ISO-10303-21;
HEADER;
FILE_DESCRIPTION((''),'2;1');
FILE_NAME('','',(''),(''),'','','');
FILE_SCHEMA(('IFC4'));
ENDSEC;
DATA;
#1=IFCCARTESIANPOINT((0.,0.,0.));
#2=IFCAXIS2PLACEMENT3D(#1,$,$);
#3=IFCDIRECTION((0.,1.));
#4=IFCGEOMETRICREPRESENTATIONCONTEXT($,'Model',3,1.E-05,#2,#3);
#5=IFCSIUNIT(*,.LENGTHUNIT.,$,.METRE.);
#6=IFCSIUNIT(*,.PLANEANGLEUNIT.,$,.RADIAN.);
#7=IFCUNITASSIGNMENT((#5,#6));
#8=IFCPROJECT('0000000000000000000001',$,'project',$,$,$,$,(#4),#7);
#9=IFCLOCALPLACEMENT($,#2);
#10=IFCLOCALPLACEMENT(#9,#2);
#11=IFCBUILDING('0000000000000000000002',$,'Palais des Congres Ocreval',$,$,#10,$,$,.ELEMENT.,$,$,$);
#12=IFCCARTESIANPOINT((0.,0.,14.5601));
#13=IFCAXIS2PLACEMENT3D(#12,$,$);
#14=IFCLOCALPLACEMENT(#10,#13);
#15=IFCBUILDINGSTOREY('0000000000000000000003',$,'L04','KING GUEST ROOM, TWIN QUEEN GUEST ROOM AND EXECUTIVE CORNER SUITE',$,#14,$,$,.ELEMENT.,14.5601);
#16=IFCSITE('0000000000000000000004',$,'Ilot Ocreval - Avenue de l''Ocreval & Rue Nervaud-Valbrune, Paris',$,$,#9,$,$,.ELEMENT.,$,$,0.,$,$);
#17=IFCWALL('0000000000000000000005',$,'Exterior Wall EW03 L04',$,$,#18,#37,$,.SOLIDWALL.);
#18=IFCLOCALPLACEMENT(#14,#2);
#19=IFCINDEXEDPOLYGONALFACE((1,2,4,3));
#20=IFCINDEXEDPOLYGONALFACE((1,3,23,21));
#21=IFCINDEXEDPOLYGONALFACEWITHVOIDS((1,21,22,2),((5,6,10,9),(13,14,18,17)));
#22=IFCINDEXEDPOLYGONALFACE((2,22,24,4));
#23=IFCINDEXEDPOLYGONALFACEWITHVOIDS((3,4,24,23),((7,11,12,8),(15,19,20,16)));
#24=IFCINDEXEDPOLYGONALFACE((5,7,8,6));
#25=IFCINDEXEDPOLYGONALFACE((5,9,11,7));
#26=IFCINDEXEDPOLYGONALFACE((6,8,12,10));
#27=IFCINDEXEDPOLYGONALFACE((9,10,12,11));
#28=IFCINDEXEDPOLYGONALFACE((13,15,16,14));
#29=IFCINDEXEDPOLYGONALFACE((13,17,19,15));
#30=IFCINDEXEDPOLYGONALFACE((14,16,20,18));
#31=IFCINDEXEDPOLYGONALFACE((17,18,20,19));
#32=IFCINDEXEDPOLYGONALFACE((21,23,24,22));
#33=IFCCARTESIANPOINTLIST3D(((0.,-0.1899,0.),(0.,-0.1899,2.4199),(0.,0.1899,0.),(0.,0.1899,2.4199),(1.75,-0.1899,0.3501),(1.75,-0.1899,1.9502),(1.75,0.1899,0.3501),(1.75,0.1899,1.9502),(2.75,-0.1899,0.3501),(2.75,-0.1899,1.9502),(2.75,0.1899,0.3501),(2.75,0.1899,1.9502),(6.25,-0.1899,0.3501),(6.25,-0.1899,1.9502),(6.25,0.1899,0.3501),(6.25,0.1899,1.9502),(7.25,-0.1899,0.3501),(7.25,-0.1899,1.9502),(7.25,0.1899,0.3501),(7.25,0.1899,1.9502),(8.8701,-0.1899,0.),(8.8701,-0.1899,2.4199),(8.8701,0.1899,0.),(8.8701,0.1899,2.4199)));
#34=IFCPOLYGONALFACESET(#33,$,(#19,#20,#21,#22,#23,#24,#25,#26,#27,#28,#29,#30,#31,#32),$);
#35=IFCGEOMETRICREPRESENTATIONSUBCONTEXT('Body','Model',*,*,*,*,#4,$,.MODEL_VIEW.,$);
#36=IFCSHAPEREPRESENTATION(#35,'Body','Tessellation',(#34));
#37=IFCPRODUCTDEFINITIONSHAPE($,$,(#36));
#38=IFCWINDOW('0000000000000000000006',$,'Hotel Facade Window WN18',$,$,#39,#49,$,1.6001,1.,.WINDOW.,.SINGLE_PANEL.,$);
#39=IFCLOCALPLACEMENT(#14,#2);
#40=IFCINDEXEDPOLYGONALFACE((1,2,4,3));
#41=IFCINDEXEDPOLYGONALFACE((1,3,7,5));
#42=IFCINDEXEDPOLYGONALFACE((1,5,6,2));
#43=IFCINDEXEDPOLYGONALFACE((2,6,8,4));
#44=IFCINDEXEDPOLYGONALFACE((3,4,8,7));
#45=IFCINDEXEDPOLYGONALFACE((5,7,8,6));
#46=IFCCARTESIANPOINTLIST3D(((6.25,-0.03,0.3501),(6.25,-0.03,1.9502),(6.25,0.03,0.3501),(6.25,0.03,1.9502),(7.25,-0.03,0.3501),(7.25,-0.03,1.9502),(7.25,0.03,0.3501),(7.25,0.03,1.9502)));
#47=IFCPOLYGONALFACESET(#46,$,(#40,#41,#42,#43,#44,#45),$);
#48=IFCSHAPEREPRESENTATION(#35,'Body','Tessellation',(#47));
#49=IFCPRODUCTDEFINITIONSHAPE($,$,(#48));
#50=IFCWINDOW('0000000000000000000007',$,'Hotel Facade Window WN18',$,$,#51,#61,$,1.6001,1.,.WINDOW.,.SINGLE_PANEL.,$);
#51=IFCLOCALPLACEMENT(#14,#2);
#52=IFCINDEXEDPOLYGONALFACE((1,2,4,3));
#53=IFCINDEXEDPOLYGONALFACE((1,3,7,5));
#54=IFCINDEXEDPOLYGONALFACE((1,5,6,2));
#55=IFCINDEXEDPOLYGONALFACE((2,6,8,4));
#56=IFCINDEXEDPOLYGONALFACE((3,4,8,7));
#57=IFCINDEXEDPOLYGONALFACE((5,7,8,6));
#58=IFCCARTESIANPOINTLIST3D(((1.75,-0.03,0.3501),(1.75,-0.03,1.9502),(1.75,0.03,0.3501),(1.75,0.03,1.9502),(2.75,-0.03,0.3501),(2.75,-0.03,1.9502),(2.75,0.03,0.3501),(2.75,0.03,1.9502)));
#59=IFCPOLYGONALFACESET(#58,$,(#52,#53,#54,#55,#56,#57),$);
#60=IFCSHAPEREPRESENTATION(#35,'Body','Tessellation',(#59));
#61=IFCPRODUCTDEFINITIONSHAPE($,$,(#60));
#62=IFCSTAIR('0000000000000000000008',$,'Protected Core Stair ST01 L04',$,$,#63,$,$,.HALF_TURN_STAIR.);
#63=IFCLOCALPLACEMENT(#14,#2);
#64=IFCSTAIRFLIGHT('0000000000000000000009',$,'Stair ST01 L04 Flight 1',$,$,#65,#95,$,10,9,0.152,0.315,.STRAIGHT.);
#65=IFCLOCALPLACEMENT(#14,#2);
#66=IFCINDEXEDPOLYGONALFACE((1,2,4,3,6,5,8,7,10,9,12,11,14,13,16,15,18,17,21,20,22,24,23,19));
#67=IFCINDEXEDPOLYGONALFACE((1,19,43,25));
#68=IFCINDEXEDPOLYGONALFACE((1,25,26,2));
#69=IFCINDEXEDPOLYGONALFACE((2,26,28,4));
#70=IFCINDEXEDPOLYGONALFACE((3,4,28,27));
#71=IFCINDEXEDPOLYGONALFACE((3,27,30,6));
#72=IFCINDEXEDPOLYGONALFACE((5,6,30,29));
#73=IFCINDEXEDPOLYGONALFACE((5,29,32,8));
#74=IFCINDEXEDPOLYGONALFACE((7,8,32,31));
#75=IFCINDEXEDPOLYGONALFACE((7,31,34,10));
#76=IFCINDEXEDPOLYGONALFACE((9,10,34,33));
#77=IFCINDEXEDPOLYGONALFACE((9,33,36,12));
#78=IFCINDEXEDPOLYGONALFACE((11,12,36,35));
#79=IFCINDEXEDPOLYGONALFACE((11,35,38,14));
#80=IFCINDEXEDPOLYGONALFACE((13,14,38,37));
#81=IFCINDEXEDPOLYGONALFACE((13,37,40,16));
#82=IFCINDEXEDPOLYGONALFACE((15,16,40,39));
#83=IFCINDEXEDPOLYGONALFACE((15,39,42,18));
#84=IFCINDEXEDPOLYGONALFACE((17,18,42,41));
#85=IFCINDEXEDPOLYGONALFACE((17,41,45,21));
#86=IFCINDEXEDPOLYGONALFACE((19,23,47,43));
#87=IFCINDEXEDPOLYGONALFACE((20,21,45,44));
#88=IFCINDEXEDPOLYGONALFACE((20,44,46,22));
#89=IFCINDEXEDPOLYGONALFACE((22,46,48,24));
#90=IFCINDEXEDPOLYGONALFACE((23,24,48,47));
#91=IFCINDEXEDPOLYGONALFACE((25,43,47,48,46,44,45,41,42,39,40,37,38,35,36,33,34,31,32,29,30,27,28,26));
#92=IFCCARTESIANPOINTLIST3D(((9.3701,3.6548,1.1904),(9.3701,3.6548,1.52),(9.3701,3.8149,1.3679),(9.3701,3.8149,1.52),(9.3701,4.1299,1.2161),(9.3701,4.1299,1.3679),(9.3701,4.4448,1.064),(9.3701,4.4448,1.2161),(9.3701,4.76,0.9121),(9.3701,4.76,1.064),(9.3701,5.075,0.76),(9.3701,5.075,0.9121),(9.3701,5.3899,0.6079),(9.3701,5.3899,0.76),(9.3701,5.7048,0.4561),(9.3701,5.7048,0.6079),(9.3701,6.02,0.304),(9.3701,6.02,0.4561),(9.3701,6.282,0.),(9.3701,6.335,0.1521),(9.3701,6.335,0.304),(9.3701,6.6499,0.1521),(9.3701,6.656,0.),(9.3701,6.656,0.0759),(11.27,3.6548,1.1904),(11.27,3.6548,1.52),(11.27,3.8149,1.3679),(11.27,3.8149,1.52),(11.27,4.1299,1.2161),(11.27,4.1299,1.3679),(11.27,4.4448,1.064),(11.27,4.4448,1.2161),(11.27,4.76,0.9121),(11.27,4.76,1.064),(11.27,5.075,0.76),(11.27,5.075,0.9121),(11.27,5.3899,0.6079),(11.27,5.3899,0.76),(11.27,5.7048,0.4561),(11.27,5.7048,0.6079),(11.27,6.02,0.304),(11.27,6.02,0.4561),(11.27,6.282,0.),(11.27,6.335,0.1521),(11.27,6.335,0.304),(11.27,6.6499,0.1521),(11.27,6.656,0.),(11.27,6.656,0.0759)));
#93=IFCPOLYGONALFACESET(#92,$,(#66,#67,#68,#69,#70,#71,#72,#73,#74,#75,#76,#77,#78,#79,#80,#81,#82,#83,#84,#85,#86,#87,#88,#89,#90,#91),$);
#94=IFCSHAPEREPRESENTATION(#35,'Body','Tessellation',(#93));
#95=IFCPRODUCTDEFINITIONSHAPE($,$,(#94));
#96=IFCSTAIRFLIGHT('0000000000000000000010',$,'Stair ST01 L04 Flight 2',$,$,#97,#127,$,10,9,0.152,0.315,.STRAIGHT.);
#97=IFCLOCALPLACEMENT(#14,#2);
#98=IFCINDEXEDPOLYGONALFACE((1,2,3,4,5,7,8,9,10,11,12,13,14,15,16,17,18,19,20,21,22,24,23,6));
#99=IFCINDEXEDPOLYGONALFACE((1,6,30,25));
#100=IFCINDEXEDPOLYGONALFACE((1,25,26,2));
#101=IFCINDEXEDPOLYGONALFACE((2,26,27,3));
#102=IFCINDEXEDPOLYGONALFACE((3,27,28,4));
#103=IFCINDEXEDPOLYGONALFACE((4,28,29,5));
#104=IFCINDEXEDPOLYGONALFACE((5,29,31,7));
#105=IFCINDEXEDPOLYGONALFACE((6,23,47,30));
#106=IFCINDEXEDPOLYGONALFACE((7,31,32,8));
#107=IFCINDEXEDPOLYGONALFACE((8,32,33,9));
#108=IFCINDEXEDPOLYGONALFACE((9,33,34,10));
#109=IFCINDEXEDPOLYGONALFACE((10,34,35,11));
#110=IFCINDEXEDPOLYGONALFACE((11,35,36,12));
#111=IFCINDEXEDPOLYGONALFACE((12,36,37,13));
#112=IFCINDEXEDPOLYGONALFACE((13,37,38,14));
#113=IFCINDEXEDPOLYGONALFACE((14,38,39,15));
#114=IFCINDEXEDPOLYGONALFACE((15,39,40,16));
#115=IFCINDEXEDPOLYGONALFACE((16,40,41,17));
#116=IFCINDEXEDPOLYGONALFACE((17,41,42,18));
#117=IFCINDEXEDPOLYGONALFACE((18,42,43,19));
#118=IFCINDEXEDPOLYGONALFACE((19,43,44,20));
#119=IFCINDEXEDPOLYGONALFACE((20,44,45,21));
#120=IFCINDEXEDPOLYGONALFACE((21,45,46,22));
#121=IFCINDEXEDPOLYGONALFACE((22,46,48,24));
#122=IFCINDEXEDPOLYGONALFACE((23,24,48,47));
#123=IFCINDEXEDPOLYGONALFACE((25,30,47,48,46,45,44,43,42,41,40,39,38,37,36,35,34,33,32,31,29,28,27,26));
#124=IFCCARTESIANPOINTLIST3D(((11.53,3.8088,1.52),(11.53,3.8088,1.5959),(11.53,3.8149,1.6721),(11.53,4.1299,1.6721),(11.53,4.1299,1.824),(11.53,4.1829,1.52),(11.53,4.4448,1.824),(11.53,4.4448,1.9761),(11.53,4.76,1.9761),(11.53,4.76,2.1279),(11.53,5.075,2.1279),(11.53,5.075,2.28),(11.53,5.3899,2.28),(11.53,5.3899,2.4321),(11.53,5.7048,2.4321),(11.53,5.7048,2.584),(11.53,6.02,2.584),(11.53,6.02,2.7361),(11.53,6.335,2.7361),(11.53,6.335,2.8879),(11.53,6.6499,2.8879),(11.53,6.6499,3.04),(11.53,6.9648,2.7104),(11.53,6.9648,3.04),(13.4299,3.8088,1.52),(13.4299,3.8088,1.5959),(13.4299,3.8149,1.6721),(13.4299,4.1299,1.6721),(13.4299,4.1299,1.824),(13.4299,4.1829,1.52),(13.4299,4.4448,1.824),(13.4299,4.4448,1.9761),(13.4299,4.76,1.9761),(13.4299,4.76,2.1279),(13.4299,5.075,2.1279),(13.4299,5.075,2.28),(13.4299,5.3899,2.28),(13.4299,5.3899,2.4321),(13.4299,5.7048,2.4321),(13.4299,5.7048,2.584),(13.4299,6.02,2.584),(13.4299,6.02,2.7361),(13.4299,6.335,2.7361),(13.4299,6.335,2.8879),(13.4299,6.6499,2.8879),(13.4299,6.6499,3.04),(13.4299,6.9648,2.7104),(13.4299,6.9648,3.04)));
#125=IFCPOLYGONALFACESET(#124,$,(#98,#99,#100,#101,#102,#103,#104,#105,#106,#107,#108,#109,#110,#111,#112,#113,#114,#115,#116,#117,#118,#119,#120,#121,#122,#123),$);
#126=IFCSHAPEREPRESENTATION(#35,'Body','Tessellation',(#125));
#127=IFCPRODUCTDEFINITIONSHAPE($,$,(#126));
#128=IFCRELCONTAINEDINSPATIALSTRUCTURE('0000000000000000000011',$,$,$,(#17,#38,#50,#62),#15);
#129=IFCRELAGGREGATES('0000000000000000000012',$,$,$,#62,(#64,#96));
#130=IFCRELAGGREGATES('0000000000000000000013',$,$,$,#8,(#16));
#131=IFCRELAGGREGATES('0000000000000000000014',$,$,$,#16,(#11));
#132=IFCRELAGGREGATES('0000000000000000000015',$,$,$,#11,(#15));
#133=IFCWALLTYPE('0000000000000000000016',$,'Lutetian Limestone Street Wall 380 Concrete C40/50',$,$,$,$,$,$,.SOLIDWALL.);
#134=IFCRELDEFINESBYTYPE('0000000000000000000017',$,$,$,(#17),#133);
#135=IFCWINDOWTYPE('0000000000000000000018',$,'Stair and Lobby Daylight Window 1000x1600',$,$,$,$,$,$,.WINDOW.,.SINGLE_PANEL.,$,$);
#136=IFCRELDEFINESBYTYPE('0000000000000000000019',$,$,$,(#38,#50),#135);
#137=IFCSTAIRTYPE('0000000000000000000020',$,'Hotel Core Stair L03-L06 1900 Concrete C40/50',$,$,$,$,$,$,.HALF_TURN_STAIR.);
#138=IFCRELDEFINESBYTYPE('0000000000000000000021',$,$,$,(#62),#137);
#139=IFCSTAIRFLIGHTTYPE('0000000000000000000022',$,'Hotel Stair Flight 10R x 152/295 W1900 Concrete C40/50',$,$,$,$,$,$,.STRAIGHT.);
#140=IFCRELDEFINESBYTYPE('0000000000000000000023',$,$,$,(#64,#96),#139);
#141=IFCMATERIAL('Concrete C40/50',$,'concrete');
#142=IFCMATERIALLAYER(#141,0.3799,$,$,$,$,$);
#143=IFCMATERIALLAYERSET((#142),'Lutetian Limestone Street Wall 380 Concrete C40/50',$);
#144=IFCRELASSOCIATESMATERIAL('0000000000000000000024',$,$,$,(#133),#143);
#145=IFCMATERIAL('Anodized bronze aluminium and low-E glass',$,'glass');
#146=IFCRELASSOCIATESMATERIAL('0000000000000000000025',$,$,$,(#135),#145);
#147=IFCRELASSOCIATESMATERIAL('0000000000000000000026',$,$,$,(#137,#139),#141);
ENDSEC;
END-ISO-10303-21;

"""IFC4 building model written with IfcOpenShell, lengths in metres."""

from ifc_helpers import new_model, si_unit, direction, frame, frame_2d, origin, place, context, subcontext, project, spatial, polyline, rectangle, outline, extrude, material, layer, layer_set, type_object, element, fill, aggregate, save


model = new_model("IFC4")

# Units and contexts
model_context = context("Model", 3, precision=1e-05, world=origin(), true_north=direction((0.0, 1.0)))
body_context = subcontext(model_context, "Body", "Model", "MODEL_VIEW")
ifc_project = project(units=[si_unit("LENGTHUNIT", "METRE"), si_unit("PLANEANGLEUNIT", "RADIAN")], contexts=[model_context])

# Site, building, storey
site_placement = place(None, origin())
site = spatial("IfcSite", under=ifc_project, at=site_placement, Name="Ilot Ocreval - Avenue de l'Ocreval & Rue Nervaud-Valbrune, Paris", CompositionType="ELEMENT", RefElevation=0.0)
building_placement = place(site_placement, origin())
building = spatial("IfcBuilding", under=site, at=building_placement, Name="Palais des Congres Ocreval", CompositionType="ELEMENT")
storey_placement = place(building_placement, frame((0.0, 0.0, 14.5601)))
storey = spatial("IfcBuildingStorey", under=building, at=storey_placement, Name="L04", Description="KING GUEST ROOM, TWIN QUEEN GUEST ROOM AND EXECUTIVE CORNER SUITE", CompositionType="ELEMENT", Elevation=14.5601)

# Shared definitions
ifc_material_1 = material(Name="Concrete C40/50", Category="concrete")

# Shared definitions
ifc_layer_1 = layer(ifc_material_1, 0.3799)
ifc_layer_set_1 = layer_set([ifc_layer_1], Name="Lutetian Limestone Street Wall 380 Concrete C40/50")
wall_type_1 = type_object("IfcWallType", Name="Lutetian Limestone Street Wall 380 Concrete C40/50", PredefinedType="SOLIDWALL", material=ifc_layer_set_1)

# Wall, openings, windows
wall_1_placement = place(storey_placement, frame((8.8701, 0.0, 0.0), z_axis=(0.0, 0.0, 1.0), x_axis=(-1.0, 0.0, 0.0)))
wall_1 = element("IfcWall", 1, at=wall_1_placement, inside=storey, type_object=wall_type_1, Name="Exterior Wall EW03 L04", PredefinedType="SOLIDWALL", context=body_context, shape_type="SweptSolid", body=[
    extrude(rectangle(XDim=8.8701, YDim=0.3799, at=frame_2d((4.4351, 0.0))), origin(), (0.0, 0.0, 1.0), 2.4199),
])
opening_1_placement = place(wall_1_placement, frame((1.6201, 0.0, 0.3501)))
opening_1 = element("IfcOpeningElement", 2, at=opening_1_placement, cuts=wall_1, PredefinedType="OPENING", context=body_context, shape_type="SweptSolid", body=[
    extrude(rectangle(XDim=1.0, YDim=1.6001, at=frame_2d((0.5, 0.8))), frame((0.0, 0.2, 0.0), z_axis=(0.0, -1.0, 0.0), x_axis=(1.0, 0.0, 0.0)), (0.0, 0.0, 1.0), 0.3999),
])
opening_2_placement = place(wall_1_placement, frame((6.1201, 0.0, 0.3501)))
opening_2 = element("IfcOpeningElement", 3, at=opening_2_placement, cuts=wall_1, PredefinedType="OPENING", context=body_context, shape_type="SweptSolid", body=[
    extrude(rectangle(XDim=1.0, YDim=1.6001, at=frame_2d((0.5, 0.8))), frame((0.0, 0.2, 0.0), z_axis=(0.0, -1.0, 0.0), x_axis=(1.0, 0.0, 0.0)), (0.0, 0.0, 1.0), 0.3999),
])
ifc_material_2 = material(Name="Anodized bronze aluminium and low-E glass", Category="glass")
window_type = type_object("IfcWindowType", Name="Stair and Lobby Daylight Window 1000x1600", PartitioningType="SINGLE_PANEL", PredefinedType="WINDOW", material=ifc_material_2)
window_1_placement = place(opening_1_placement, origin())
window_1 = element("IfcWindow", 4, at=window_1_placement, inside=storey, type_object=window_type, Name="Hotel Facade Window WN18", OverallHeight=1.6001, OverallWidth=1.0, PartitioningType="SINGLE_PANEL", PredefinedType="WINDOW", context=body_context, shape_type="SweptSolid", body=[
    extrude(rectangle(XDim=1.0, YDim=1.6001, at=frame_2d((0.5, 0.8))), frame((0.0, 0.03, 0.0), z_axis=(0.0, -1.0, 0.0), x_axis=(1.0, 0.0, 0.0)), (0.0, 0.0, 1.0), 0.0601),
])
fill(opening_1, window_1)
window_2_placement = place(opening_2_placement, origin())
window_2 = element("IfcWindow", 5, at=window_2_placement, inside=storey, type_object=window_type, Name="Hotel Facade Window WN18", OverallHeight=1.6001, OverallWidth=1.0, PartitioningType="SINGLE_PANEL", PredefinedType="WINDOW", context=body_context, shape_type="SweptSolid", body=[
    extrude(rectangle(XDim=1.0, YDim=1.6001, at=frame_2d((0.5, 0.8))), frame((0.0, 0.03, 0.0), z_axis=(0.0, -1.0, 0.0), x_axis=(1.0, 0.0, 0.0)), (0.0, 0.0, 1.0), 0.0601),
])
fill(opening_2, window_2)

# Stair, stair flights
stair_type = type_object("IfcStairType", Name="Hotel Core Stair L03-L06 1900 Concrete C40/50", PredefinedType="HALF_TURN_STAIR", material=ifc_material_1)
stair_placement = place(storey_placement, origin())
stair = element("IfcStair", 6, at=stair_placement, inside=storey, type_object=stair_type, Name="Protected Core Stair ST01 L04", PredefinedType="HALF_TURN_STAIR")
stair_flight_type = type_object("IfcStairFlightType", Name="Hotel Stair Flight 10R x 152/295 W1900 Concrete C40/50", PredefinedType="STRAIGHT", material=ifc_material_1)
stair_flight_1_placement = place(storey_placement, frame((10.3201, 6.6499, 0.0), z_axis=(0.0, 0.0, 1.0), x_axis=(0.0, -1.0, 0.0)))
stair_flight_1 = element("IfcStairFlight", 7, at=stair_flight_1_placement, type_object=stair_flight_type, Name="Stair ST01 L04 Flight 1", NumberOfRisers=10, NumberOfTreads=9, PredefinedType="STRAIGHT", RiserHeight=0.152, TreadLength=0.315, context=body_context, shape_type="SweptSolid", body=[
    extrude(outline(polyline([(-0.0061, 0.0), (-0.0061, 0.0759), (0.0, 0.1521), (0.3149, 0.1521), (0.3149, 0.304), (0.6299, 0.304), (0.6299, 0.4561), (0.9451, 0.4561), (0.9451, 0.6079), (1.26, 0.6079), (1.26, 0.76), (1.575, 0.76), (1.575, 0.9121), (1.8899, 0.9121), (1.8899, 1.064), (2.2051, 1.064), (2.2051, 1.2161), (2.52, 1.2161), (2.52, 1.3679), (2.835, 1.3679), (2.835, 1.52), (2.9951, 1.52), (2.9951, 1.1904), (0.3679, 0.0), (-0.0061, 0.0)])), frame((0.0, 0.95, 0.0), z_axis=(0.0, -1.0, 0.0), x_axis=(1.0, 0.0, 0.0)), (0.0, 0.0, 1.0), 1.8999),
])
stair_flight_2_placement = place(storey_placement, frame((12.48, 3.8149, 1.52), z_axis=(0.0, 0.0, 1.0), x_axis=(0.0, 1.0, 0.0)))
stair_flight_2 = element("IfcStairFlight", 8, at=stair_flight_2_placement, type_object=stair_flight_type, Name="Stair ST01 L04 Flight 2", NumberOfRisers=10, NumberOfTreads=9, PredefinedType="STRAIGHT", RiserHeight=0.152, TreadLength=0.315, context=body_context, shape_type="SweptSolid", body=[
    extrude(outline(polyline([(-0.0061, 0.0), (-0.0061, 0.0759), (0.0, 0.1521), (0.3149, 0.1521), (0.3149, 0.304), (0.6299, 0.304), (0.6299, 0.4561), (0.9451, 0.4561), (0.9451, 0.6079), (1.26, 0.6079), (1.26, 0.76), (1.575, 0.76), (1.575, 0.9121), (1.8899, 0.9121), (1.8899, 1.064), (2.2051, 1.064), (2.2051, 1.2161), (2.52, 1.2161), (2.52, 1.3679), (2.835, 1.3679), (2.835, 1.52), (3.1499, 1.52), (3.1499, 1.1904), (0.3679, 0.0), (-0.0061, 0.0)])), frame((0.0, 0.95, 0.0), z_axis=(0.0, -1.0, 0.0), x_axis=(1.0, 0.0, 0.0)), (0.0, 0.0, 1.0), 1.8999),
])
aggregate(stair, [stair_flight_1, stair_flight_2])

save(model, "model.ifc")
